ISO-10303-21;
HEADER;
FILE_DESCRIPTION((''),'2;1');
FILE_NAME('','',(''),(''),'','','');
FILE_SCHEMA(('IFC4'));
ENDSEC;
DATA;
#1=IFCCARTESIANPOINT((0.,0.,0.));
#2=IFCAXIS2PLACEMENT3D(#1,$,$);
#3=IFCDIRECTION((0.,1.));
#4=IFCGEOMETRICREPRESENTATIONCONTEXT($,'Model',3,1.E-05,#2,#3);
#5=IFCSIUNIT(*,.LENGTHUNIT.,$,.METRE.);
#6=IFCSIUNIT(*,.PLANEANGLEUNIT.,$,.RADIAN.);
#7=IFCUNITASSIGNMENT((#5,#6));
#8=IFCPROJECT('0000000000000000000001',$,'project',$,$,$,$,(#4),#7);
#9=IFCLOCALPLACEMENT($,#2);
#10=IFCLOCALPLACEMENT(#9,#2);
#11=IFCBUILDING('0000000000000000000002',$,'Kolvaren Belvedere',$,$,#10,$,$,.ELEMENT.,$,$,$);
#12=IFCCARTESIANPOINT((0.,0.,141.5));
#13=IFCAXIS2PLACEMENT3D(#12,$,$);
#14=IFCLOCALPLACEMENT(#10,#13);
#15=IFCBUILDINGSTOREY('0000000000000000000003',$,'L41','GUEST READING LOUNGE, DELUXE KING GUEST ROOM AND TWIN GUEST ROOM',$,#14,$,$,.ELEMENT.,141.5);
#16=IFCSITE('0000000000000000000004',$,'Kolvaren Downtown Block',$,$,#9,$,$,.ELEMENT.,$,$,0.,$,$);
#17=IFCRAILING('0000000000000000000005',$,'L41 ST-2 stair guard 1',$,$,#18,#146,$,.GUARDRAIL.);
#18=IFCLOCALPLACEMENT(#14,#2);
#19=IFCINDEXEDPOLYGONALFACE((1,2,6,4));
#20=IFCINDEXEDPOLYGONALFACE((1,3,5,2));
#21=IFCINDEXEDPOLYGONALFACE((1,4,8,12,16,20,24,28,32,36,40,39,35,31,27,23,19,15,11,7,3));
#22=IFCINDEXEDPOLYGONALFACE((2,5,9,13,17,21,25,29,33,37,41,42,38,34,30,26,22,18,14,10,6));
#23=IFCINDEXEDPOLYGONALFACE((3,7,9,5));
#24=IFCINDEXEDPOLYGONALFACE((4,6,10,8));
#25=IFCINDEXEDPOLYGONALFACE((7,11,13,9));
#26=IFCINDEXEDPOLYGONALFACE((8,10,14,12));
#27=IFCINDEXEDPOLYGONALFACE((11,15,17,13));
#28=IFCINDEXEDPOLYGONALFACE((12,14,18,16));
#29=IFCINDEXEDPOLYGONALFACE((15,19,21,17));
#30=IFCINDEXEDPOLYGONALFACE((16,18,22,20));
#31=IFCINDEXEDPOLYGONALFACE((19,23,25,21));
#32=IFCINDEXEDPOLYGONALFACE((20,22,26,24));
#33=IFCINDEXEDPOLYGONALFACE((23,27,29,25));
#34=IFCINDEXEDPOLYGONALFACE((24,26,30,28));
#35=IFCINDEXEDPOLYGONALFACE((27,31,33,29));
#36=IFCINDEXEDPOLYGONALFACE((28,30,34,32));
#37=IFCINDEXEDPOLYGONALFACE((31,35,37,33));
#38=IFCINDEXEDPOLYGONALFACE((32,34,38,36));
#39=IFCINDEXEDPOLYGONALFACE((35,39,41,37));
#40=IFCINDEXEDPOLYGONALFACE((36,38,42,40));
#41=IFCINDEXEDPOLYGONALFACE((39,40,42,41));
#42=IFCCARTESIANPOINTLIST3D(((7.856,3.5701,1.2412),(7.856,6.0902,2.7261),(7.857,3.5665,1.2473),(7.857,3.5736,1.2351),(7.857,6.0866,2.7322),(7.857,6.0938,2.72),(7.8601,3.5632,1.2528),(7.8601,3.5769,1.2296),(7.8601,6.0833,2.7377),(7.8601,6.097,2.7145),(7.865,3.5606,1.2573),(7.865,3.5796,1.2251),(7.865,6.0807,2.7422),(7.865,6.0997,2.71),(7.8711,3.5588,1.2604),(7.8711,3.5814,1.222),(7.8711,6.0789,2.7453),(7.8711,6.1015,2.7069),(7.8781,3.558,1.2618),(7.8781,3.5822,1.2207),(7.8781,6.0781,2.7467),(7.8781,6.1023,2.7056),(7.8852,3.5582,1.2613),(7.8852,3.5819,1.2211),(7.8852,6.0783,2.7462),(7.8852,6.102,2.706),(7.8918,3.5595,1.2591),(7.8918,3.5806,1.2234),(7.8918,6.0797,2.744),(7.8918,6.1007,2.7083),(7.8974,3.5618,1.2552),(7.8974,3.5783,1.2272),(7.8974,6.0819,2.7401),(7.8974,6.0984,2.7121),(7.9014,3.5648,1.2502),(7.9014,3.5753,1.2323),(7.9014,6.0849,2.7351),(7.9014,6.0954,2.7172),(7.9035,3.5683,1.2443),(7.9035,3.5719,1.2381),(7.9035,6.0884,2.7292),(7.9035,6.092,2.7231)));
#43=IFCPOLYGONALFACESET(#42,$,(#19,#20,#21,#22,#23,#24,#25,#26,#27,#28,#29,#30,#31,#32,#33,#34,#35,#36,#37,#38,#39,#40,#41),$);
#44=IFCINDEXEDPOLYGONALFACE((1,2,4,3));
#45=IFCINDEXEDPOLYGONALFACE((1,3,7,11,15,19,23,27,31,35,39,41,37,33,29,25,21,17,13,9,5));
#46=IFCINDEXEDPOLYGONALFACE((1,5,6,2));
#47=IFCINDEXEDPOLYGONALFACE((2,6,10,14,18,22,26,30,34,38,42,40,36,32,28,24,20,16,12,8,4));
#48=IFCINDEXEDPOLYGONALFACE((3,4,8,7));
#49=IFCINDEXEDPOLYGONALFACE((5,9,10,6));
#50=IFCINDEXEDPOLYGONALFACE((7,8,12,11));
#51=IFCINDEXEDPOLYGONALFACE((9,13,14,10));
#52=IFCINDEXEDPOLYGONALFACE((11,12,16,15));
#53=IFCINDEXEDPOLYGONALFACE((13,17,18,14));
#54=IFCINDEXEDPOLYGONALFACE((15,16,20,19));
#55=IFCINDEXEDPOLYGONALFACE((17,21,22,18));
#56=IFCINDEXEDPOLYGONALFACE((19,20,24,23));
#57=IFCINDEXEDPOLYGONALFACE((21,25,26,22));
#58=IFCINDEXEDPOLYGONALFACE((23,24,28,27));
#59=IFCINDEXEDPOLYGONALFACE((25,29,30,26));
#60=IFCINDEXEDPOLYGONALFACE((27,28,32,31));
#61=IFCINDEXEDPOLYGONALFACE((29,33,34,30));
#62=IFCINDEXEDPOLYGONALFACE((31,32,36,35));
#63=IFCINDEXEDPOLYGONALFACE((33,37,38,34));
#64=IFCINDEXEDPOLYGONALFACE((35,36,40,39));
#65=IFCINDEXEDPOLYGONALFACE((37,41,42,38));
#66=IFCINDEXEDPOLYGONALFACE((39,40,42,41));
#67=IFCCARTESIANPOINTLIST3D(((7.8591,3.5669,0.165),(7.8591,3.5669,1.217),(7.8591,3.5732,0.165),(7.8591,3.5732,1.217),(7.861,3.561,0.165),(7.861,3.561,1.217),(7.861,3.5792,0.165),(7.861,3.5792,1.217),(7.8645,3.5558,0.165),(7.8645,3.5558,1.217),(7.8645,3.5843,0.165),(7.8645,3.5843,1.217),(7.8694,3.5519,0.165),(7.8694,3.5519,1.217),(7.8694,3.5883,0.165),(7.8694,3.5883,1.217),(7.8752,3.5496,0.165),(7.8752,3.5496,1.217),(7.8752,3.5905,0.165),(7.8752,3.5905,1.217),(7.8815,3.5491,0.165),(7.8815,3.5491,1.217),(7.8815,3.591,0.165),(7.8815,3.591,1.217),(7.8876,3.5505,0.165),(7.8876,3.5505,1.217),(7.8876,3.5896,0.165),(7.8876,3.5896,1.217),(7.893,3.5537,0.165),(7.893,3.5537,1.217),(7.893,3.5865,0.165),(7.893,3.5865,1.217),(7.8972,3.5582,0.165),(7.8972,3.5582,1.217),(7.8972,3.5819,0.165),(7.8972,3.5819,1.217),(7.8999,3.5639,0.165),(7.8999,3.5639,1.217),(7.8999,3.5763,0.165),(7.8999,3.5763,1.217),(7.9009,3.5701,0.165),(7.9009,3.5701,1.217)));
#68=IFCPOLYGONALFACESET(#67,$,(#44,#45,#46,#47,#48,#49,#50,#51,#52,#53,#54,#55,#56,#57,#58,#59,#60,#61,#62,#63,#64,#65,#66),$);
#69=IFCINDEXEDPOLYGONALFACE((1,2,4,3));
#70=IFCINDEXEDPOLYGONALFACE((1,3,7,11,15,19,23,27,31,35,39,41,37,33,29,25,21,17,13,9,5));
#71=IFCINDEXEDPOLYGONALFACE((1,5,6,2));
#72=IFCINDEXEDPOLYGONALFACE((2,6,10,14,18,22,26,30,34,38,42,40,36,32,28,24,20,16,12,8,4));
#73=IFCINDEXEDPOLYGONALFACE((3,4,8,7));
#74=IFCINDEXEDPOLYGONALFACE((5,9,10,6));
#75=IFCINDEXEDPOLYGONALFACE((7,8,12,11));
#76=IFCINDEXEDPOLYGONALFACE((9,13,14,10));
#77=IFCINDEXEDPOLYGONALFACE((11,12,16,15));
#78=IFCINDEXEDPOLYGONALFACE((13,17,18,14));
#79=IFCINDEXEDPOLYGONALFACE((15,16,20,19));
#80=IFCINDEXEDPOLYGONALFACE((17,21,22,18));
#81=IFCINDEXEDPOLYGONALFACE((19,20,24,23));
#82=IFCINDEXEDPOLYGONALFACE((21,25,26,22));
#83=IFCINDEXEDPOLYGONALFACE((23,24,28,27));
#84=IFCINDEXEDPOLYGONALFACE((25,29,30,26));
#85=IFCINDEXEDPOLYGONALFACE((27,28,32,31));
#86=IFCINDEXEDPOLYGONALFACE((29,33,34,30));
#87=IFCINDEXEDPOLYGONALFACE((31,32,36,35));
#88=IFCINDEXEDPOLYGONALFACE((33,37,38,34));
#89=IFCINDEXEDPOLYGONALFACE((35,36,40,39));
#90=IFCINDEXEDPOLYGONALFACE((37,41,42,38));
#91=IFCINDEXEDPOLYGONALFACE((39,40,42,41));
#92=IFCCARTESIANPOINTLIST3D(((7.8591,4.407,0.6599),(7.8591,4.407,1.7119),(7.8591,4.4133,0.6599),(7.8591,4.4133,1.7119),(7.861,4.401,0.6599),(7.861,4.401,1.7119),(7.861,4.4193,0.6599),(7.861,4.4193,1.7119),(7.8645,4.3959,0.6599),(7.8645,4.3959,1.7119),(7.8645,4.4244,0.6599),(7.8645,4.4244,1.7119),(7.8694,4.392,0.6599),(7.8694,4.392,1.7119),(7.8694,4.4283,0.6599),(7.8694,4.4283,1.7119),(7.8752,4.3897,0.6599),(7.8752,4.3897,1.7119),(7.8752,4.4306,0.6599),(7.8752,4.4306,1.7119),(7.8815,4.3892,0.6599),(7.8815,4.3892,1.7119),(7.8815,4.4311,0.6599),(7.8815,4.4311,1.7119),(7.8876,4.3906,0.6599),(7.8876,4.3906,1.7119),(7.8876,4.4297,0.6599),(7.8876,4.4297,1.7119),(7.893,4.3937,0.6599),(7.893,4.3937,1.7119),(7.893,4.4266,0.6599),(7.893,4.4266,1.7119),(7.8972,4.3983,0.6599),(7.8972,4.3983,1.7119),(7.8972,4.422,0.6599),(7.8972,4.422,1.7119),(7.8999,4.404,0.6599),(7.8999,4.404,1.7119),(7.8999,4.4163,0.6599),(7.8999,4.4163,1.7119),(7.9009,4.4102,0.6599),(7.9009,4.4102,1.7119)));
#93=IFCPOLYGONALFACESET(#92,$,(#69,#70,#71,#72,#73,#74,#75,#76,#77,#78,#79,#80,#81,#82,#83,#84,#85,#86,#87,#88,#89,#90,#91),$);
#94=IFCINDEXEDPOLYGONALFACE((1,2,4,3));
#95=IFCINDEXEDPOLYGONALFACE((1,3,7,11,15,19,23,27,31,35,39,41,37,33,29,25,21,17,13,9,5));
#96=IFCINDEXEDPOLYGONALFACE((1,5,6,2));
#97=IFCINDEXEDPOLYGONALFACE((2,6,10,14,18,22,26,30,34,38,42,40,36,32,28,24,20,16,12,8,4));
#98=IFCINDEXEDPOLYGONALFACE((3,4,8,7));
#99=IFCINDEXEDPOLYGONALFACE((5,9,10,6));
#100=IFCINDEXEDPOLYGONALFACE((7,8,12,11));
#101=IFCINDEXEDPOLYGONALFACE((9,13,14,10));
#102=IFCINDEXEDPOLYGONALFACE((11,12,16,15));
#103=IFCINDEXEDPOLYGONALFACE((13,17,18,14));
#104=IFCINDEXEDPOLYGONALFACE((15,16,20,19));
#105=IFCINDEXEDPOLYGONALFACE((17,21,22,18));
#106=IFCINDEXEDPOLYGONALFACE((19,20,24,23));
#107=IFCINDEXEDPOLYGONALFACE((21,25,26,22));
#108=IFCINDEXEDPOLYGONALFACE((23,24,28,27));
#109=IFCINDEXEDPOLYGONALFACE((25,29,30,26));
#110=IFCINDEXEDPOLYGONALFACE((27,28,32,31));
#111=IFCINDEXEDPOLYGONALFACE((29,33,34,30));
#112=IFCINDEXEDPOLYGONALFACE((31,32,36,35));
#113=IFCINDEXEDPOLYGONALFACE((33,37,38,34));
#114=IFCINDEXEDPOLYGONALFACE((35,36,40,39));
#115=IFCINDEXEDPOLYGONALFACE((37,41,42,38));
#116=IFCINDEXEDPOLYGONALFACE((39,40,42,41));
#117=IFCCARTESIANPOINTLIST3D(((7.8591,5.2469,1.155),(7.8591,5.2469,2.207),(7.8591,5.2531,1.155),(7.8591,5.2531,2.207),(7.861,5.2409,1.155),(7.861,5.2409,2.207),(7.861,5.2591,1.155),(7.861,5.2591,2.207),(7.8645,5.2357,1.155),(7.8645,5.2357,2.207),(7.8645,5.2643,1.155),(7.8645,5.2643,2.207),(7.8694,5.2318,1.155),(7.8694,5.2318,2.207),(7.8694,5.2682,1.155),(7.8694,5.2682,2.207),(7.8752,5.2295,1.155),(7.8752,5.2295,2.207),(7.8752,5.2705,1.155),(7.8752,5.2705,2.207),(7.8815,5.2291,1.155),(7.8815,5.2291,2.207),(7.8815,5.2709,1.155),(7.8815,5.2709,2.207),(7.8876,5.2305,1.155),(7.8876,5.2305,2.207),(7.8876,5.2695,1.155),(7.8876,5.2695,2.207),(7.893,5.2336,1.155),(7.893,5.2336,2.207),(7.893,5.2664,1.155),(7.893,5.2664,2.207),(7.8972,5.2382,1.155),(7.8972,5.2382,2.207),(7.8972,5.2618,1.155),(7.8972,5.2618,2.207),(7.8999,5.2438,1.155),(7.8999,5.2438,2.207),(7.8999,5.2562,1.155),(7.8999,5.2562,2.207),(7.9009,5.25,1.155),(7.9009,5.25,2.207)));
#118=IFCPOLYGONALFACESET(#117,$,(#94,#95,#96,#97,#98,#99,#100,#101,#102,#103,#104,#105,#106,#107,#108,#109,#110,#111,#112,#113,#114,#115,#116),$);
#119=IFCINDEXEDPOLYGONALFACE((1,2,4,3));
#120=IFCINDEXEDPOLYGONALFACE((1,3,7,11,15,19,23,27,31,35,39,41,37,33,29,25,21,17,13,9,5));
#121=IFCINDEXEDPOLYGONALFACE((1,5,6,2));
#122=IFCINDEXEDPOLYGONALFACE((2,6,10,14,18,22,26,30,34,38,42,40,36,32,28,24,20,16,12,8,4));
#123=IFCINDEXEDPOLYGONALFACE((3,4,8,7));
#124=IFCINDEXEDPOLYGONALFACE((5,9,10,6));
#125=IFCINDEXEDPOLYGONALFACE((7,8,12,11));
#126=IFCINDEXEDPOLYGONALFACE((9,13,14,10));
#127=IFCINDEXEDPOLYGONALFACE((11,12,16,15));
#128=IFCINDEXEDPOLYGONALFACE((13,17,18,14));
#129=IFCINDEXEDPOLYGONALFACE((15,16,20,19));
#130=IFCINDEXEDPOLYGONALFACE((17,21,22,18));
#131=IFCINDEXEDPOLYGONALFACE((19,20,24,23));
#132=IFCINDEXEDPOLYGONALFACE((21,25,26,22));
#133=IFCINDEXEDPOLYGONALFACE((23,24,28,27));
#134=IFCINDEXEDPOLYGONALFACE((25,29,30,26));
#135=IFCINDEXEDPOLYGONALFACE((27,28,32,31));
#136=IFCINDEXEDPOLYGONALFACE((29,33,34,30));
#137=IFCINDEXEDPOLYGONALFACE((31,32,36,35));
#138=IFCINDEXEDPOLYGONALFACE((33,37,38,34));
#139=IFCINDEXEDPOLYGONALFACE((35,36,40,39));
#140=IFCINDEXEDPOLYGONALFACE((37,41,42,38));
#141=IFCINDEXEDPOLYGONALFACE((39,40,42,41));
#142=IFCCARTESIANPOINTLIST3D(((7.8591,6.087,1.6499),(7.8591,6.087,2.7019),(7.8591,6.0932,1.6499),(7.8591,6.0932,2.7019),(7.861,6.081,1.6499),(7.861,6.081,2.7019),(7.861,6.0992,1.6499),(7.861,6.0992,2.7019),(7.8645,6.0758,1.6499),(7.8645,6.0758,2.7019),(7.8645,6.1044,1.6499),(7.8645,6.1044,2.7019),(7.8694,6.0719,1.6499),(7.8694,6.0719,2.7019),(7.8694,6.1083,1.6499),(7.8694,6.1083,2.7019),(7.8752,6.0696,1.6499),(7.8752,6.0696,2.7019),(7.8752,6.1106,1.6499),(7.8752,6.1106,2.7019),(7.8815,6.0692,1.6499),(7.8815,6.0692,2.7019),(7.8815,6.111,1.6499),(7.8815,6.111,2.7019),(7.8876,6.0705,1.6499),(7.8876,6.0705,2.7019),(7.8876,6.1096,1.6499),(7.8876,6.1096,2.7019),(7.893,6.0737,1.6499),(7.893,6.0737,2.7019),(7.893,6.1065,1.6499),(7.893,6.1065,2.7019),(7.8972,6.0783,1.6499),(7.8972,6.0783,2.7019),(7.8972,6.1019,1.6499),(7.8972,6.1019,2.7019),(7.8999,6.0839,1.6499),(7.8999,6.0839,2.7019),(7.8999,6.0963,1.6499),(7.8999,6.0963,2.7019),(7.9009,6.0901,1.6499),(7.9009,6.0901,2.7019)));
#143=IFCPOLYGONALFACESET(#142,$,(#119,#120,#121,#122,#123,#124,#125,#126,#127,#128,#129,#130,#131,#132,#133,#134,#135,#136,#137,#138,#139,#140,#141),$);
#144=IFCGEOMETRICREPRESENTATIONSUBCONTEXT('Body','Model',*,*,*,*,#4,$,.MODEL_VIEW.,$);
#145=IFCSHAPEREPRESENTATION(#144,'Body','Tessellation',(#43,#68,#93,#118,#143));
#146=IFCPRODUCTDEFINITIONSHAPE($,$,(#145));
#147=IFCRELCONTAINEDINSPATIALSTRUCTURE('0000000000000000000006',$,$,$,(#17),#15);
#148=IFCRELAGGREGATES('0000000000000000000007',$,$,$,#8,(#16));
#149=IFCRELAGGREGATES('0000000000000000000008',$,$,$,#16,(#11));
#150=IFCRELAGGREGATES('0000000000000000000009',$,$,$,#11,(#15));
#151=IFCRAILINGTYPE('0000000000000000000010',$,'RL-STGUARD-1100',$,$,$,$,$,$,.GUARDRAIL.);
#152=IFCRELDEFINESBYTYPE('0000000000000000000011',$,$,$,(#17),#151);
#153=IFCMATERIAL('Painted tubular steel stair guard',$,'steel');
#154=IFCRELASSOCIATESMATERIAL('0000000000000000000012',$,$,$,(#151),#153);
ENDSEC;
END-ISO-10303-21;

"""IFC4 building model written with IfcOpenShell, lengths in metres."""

from ifc_helpers import new_model, si_unit, direction, frame, origin, origin_2d, place, context, subcontext, project, spatial, circle, extrude, material, type_object, element, save


model = new_model("IFC4")

# Units and contexts
model_context = context("Model", 3, precision=1e-05, world=origin(), true_north=direction((0.0, 1.0)))
body_context = subcontext(model_context, "Body", "Model", "MODEL_VIEW")
ifc_project = project(units=[si_unit("LENGTHUNIT", "METRE"), si_unit("PLANEANGLEUNIT", "RADIAN")], contexts=[model_context])

# Site, building, storey
site_placement = place(None, origin())
site = spatial("IfcSite", under=ifc_project, at=site_placement, Name="Kolvaren Downtown Block", CompositionType="ELEMENT", RefElevation=0.0)
building_placement = place(site_placement, origin())
building = spatial("IfcBuilding", under=site, at=building_placement, Name="Kolvaren Belvedere", CompositionType="ELEMENT")
storey_placement = place(building_placement, frame((0.0, 0.0, 141.5)))
storey = spatial("IfcBuildingStorey", under=building, at=storey_placement, Name="L41", Description="GUEST READING LOUNGE, DELUXE KING GUEST ROOM AND TWIN GUEST ROOM", CompositionType="ELEMENT", Elevation=141.5)

# Railing
ifc_material_1 = material(Name="Painted tubular steel stair guard", Category="steel")
railing_type_1 = type_object("IfcRailingType", Name="RL-STGUARD-1100", PredefinedType="GUARDRAIL", material=ifc_material_1)
railing_1_placement = place(storey_placement, frame((7.8799, 3.5701, 0.165)))
element("IfcRailing", 1, at=railing_1_placement, inside=storey, type_object=railing_type_1, Name="L41 ST-2 stair guard 1", PredefinedType="GUARDRAIL", context=body_context, shape_type="SweptSolid", body=[
    extrude(circle(Radius=0.0239, at=origin_2d()), frame((0.0, 0.0, 1.0762), z_axis=(0.0, 0.861561, 0.507655), x_axis=(-1.0, 0.0, 0.0)), (0.0, 0.0, 1.0), 2.925),
    extrude(circle(Radius=0.021, at=origin_2d()), origin(), (0.0, 0.0, 1.0), 1.052),
    extrude(circle(Radius=0.021, at=origin_2d()), frame((0.0, 0.8401, 0.4949)), (0.0, 0.0, 1.0), 1.052),
    extrude(circle(Radius=0.021, at=origin_2d()), frame((0.0, 1.6799, 0.99)), (0.0, 0.0, 1.0), 1.052),
    extrude(circle(Radius=0.021, at=origin_2d()), frame((0.0, 2.52, 1.4849)), (0.0, 0.0, 1.0), 1.052),
])

save(model, "model.ifc")
